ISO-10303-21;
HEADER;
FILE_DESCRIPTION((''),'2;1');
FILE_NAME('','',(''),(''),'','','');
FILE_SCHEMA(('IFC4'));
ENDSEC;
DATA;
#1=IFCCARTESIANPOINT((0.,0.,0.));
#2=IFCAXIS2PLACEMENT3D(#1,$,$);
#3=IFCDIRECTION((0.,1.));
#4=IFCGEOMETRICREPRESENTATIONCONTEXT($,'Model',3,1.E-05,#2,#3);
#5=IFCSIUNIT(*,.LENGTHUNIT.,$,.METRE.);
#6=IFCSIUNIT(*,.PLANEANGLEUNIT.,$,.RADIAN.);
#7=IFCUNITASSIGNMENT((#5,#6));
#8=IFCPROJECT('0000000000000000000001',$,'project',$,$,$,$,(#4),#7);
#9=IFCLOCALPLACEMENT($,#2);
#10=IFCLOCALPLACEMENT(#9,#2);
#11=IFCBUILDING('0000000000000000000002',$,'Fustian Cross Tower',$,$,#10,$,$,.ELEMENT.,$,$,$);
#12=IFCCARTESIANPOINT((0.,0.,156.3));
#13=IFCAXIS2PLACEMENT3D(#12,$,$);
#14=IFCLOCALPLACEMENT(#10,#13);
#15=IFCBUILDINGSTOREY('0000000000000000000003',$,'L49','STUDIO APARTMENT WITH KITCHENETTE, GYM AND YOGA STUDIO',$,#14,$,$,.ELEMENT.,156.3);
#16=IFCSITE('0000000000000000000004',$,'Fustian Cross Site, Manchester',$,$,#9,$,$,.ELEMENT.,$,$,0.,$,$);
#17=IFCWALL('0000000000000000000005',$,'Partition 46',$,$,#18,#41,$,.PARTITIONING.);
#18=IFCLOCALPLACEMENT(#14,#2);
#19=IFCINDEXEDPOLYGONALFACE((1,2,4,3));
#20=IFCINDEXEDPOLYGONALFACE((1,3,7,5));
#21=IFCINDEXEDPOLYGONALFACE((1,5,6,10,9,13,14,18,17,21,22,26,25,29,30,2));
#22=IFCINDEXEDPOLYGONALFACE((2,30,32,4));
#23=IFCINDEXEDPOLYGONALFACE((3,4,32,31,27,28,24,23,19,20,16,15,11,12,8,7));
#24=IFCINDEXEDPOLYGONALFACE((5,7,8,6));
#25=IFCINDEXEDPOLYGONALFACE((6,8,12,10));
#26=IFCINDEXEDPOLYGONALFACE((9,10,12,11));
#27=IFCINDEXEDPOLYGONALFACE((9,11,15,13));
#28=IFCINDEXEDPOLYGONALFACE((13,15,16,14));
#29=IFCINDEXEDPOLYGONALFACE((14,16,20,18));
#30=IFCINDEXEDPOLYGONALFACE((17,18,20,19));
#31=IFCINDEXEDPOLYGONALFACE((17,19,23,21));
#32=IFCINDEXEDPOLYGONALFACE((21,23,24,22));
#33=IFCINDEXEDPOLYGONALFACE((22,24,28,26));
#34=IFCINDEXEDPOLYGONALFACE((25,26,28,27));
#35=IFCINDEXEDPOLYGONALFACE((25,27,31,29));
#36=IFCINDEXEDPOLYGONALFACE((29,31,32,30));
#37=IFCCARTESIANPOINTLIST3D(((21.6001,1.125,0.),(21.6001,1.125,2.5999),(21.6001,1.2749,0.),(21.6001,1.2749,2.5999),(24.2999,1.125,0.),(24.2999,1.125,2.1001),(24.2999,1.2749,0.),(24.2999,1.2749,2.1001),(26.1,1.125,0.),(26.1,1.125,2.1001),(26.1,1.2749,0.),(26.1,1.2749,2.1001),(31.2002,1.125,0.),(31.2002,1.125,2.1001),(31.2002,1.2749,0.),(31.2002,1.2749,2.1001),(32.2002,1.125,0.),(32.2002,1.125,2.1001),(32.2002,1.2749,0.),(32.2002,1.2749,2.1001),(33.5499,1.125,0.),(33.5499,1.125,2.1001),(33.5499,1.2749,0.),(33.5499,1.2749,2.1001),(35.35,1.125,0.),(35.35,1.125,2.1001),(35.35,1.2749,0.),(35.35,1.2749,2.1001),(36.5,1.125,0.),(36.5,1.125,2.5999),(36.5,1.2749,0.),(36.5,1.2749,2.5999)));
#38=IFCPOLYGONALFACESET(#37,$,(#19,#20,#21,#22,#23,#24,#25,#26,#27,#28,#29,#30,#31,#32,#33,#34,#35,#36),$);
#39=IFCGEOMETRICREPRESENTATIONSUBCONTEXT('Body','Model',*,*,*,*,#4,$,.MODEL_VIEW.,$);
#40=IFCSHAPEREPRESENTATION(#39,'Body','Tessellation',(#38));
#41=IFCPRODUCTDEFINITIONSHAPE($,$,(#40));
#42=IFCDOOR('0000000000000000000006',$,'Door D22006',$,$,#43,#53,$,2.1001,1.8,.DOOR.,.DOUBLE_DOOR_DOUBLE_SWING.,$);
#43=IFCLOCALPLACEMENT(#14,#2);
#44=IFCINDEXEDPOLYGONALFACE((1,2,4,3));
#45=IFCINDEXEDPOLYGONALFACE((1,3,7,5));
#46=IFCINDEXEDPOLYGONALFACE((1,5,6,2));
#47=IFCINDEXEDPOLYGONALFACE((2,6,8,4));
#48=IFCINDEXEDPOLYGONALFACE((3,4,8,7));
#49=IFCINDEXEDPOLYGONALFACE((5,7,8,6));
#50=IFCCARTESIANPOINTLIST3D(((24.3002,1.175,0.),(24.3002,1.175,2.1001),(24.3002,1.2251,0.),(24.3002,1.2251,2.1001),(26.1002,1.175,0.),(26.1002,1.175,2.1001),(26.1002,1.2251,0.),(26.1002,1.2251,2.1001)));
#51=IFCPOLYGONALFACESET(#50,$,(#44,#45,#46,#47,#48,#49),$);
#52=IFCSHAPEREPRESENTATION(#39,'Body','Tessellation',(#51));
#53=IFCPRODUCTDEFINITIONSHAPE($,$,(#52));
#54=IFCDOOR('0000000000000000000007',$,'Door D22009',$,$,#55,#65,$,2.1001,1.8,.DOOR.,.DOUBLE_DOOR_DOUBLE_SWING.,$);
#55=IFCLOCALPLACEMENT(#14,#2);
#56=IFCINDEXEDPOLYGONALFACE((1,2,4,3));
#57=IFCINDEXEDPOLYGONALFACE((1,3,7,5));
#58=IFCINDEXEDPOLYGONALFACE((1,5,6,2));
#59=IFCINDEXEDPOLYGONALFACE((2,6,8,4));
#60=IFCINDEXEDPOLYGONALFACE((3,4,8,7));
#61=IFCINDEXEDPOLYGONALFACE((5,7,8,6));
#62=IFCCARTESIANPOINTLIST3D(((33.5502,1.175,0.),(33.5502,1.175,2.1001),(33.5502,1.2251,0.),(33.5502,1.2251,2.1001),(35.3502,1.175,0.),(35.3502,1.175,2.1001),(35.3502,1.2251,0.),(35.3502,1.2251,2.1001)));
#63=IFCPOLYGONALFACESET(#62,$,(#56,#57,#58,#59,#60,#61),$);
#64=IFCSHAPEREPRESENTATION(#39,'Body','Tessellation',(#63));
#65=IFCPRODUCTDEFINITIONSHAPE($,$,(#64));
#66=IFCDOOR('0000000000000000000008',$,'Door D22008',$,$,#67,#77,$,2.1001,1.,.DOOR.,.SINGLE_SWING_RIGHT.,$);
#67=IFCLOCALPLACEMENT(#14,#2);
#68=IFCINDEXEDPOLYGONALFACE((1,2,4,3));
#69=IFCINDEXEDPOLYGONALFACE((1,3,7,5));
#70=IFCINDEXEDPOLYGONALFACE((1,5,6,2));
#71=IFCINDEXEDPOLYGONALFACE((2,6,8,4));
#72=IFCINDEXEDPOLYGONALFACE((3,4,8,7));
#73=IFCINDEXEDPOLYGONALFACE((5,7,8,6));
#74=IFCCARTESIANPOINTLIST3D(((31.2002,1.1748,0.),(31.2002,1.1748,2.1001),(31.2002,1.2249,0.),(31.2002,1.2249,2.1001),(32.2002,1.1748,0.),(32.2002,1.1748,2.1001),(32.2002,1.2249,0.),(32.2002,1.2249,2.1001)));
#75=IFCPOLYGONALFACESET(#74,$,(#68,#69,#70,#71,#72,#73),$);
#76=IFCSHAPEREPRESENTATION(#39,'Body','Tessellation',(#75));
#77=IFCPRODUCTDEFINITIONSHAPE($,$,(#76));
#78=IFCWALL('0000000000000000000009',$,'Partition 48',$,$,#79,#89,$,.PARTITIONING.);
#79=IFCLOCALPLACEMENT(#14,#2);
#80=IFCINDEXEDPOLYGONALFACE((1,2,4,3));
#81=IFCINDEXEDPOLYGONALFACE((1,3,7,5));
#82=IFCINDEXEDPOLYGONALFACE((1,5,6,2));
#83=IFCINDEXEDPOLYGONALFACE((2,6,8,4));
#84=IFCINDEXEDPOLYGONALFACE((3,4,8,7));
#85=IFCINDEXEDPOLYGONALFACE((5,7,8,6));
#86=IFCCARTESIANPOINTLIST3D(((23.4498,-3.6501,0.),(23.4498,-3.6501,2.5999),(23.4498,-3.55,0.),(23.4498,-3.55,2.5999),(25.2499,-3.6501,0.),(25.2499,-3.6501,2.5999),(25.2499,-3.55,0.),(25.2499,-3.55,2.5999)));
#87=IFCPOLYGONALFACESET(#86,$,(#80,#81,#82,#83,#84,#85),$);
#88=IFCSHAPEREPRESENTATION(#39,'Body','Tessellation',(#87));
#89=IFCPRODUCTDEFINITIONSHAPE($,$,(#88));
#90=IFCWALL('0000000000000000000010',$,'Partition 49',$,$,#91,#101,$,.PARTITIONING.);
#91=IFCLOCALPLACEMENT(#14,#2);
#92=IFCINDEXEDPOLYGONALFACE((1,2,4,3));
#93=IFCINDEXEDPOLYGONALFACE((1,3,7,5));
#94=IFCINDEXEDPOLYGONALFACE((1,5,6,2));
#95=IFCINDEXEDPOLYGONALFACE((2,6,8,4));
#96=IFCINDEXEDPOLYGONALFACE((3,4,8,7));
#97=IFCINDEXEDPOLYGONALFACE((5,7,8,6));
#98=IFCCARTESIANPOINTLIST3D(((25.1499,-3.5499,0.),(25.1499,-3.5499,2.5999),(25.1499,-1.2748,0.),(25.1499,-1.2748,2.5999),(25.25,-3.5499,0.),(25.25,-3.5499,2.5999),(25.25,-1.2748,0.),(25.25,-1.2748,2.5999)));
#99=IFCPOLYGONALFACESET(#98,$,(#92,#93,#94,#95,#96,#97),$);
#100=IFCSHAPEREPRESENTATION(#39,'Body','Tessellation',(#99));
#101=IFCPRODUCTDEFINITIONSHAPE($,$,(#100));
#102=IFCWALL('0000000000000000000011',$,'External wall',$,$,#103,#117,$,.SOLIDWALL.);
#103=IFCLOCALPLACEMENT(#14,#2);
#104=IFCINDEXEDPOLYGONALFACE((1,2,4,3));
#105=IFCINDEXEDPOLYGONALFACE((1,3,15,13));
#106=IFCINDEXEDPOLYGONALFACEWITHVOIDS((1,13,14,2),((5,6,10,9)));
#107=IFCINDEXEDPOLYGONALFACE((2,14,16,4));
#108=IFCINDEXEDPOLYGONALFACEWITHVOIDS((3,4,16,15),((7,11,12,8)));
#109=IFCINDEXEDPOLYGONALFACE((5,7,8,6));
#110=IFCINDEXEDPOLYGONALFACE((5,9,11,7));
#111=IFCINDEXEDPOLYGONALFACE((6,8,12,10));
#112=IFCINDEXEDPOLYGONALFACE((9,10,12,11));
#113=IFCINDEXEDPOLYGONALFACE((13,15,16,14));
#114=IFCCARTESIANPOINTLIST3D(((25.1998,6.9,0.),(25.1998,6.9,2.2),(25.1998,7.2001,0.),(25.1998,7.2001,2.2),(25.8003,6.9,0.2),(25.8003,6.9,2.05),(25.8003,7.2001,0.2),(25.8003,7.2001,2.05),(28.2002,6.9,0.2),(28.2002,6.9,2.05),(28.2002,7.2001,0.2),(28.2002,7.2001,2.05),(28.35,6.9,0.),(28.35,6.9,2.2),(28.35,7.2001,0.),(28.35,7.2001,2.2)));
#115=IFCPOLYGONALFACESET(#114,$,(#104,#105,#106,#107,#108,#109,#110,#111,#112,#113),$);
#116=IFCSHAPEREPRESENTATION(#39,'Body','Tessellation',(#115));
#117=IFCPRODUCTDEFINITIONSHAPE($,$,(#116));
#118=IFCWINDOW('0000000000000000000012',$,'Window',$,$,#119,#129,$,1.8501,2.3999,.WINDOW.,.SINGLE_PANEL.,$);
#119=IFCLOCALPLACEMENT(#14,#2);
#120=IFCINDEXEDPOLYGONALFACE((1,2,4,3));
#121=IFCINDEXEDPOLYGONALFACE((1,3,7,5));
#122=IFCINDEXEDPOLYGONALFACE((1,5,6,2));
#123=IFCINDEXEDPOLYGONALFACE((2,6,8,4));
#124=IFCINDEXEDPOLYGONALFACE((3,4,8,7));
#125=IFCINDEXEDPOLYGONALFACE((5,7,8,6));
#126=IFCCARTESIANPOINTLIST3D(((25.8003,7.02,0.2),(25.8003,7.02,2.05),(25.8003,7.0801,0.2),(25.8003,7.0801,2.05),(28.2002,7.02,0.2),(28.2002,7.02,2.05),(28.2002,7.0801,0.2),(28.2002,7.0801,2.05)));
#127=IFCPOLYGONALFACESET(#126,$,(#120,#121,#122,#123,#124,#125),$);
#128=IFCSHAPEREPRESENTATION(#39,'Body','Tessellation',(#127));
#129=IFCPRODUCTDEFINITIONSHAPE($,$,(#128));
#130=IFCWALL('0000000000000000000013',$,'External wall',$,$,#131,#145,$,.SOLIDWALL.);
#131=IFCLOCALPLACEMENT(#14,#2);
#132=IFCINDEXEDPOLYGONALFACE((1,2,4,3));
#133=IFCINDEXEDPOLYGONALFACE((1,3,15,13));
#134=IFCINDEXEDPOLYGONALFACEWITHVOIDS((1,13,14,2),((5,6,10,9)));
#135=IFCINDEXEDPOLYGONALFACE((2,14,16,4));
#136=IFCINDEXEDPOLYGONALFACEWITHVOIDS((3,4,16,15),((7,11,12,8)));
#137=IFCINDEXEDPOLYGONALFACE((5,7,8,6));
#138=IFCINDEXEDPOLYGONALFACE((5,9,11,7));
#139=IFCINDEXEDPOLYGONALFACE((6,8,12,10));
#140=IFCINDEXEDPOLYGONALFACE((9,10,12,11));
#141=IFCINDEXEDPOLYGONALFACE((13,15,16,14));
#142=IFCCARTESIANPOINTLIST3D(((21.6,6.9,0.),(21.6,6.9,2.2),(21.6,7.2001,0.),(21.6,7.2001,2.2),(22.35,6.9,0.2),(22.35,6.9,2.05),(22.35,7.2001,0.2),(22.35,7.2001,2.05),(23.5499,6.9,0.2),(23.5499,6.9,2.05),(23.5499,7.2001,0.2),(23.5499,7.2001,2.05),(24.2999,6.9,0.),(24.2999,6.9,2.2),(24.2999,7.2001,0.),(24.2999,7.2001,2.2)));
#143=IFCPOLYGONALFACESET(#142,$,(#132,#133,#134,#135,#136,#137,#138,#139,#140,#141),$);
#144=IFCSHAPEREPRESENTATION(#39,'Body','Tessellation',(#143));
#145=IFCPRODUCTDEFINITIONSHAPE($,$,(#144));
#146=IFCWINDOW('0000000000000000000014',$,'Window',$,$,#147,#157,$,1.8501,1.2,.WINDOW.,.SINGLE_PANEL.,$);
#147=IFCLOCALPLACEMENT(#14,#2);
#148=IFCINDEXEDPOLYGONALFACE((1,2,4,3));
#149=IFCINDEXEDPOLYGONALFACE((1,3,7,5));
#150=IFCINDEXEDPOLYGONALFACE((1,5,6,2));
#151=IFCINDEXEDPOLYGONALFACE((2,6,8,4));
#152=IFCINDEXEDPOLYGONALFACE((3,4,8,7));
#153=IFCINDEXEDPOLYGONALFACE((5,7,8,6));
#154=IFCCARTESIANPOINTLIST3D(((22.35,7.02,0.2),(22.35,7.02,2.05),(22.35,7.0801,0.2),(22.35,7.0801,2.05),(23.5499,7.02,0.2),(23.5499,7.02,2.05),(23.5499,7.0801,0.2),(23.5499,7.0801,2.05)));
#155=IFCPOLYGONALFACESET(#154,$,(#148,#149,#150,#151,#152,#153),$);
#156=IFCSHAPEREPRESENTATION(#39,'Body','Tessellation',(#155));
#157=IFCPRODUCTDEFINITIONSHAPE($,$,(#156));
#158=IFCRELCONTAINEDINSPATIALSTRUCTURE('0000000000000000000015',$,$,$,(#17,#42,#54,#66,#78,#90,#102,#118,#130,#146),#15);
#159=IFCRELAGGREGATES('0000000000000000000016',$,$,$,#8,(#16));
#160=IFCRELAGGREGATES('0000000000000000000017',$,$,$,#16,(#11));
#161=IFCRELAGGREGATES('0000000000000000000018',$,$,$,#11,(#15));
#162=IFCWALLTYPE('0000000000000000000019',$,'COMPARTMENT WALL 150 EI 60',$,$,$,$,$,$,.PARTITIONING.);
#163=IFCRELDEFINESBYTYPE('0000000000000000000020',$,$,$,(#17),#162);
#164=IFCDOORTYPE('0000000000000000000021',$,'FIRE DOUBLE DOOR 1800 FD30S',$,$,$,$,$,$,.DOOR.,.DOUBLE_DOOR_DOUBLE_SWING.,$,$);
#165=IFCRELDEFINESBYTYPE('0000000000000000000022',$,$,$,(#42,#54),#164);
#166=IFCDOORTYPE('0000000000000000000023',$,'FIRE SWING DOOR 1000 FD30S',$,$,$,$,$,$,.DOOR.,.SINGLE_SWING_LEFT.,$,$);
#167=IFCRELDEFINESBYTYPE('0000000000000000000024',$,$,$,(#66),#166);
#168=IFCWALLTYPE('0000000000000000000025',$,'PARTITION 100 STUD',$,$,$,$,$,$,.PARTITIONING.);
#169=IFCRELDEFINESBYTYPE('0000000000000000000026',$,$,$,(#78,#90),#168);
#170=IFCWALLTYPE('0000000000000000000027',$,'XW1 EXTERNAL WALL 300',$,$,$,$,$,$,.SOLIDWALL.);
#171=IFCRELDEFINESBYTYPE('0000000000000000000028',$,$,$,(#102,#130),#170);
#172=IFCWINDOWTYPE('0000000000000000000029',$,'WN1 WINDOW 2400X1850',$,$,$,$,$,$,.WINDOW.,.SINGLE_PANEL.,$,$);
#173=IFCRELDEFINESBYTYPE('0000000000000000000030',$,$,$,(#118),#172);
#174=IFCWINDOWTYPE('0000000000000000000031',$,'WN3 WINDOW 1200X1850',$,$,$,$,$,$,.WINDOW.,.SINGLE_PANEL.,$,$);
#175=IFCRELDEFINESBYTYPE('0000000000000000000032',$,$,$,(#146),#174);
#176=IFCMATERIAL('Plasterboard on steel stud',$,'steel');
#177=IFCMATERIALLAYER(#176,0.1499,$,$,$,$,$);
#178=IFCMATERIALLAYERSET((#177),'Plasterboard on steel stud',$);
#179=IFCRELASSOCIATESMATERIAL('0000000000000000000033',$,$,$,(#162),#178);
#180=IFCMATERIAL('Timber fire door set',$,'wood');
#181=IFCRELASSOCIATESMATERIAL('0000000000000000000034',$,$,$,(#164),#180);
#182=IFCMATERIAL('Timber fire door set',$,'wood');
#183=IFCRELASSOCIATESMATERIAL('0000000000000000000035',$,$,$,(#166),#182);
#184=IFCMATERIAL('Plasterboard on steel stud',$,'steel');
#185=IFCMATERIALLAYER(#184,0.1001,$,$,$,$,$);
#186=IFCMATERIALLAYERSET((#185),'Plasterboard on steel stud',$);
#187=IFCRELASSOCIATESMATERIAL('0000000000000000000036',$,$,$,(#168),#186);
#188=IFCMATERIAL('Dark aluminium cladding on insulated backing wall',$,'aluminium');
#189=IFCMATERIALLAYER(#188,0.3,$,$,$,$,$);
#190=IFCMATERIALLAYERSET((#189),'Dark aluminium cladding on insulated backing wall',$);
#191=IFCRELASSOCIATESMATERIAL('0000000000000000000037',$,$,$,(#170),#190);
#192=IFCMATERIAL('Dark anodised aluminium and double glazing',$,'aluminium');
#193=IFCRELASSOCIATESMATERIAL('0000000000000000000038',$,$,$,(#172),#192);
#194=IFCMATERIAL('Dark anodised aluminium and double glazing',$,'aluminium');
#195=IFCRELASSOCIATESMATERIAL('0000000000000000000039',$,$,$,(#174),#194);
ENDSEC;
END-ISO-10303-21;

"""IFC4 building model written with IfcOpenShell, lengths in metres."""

from ifc_helpers import new_model, si_unit, direction, frame, frame_2d, origin, place, context, subcontext, project, spatial, rectangle, extrude, material, layer, layer_set, type_object, element, fill, save


model = new_model("IFC4")

# Units and contexts
model_context = context("Model", 3, precision=1e-05, world=origin(), true_north=direction((0.0, 1.0)))
body_context = subcontext(model_context, "Body", "Model", "MODEL_VIEW")
ifc_project = project(units=[si_unit("LENGTHUNIT", "METRE"), si_unit("PLANEANGLEUNIT", "RADIAN")], contexts=[model_context])

# Site, building, storey
site_placement = place(None, origin())
site = spatial("IfcSite", under=ifc_project, at=site_placement, Name="Fustian Cross Site, Manchester", CompositionType="ELEMENT", RefElevation=0.0)
building_placement = place(site_placement, origin())
building = spatial("IfcBuilding", under=site, at=building_placement, Name="Fustian Cross Tower", CompositionType="ELEMENT")
storey_placement = place(building_placement, frame((0.0, 0.0, 156.3)))
storey = spatial("IfcBuildingStorey", under=building, at=storey_placement, Name="L49", Description="STUDIO APARTMENT WITH KITCHENETTE, GYM AND YOGA STUDIO", CompositionType="ELEMENT", Elevation=156.3)

# Wall, openings, doors
ifc_material_1 = material(Name="Plasterboard on steel stud", Category="steel")
ifc_layer_1 = layer(ifc_material_1, 0.1499)
ifc_layer_set_1 = layer_set([ifc_layer_1], Name="Plasterboard on steel stud")
wall_type_1 = type_object("IfcWallType", Name="COMPARTMENT WALL 150 EI 60", PredefinedType="PARTITIONING", material=ifc_layer_set_1)
ifc_material_2 = material(Name="Timber fire door set", Category="wood")
door_type_1 = type_object("IfcDoorType", Name="FIRE DOUBLE DOOR 1800 FD30S", OperationType="DOUBLE_DOOR_DOUBLE_SWING", PredefinedType="DOOR", material=ifc_material_2)
ifc_material_3 = material(Name="Timber fire door set", Category="wood")
door_type_2 = type_object("IfcDoorType", Name="FIRE SWING DOOR 1000 FD30S", OperationType="SINGLE_SWING_LEFT", PredefinedType="DOOR", material=ifc_material_3)
wall_1_placement = place(storey_placement, frame((21.6001, 1.2, 0.0), z_axis=(0.0, 0.0, 1.0), x_axis=(1.0, 0.0, 0.0)))
wall_1 = element("IfcWall", 1, at=wall_1_placement, inside=storey, type_object=wall_type_1, Name="Partition 46", PredefinedType="PARTITIONING", context=body_context, shape_type="SweptSolid", body=[
    extrude(rectangle(XDim=14.8999, YDim=0.1499, at=frame_2d((7.45, 0.0))), origin(), (0.0, 0.0, 1.0), 2.5999),
])
opening_1_placement = place(wall_1_placement, frame((2.7, 0.0, 0.0)))
opening_1 = element("IfcOpeningElement", 2, at=opening_1_placement, cuts=wall_1, PredefinedType="OPENING", context=body_context, shape_type="SweptSolid", body=[
    extrude(rectangle(XDim=1.8, YDim=2.1001, at=frame_2d((0.8999, 1.05))), frame((0.0, 0.085, 0.0), z_axis=(0.0, -1.0, 0.0), x_axis=(1.0, 0.0, 0.0)), (0.0, 0.0, 1.0), 0.1699),
])
opening_2_placement = place(wall_1_placement, frame((9.6001, 0.0, 0.0)))
opening_2 = element("IfcOpeningElement", 3, at=opening_2_placement, cuts=wall_1, PredefinedType="OPENING", context=body_context, shape_type="SweptSolid", body=[
    extrude(rectangle(XDim=1.0, YDim=2.1001, at=frame_2d((0.5, 1.05))), frame((0.0, 0.085, 0.0), z_axis=(0.0, -1.0, 0.0), x_axis=(1.0, 0.0, 0.0)), (0.0, 0.0, 1.0), 0.1699),
])
opening_3_placement = place(wall_1_placement, frame((11.95, 0.0, 0.0)))
opening_3 = element("IfcOpeningElement", 4, at=opening_3_placement, cuts=wall_1, PredefinedType="OPENING", context=body_context, shape_type="SweptSolid", body=[
    extrude(rectangle(XDim=1.8, YDim=2.1001, at=frame_2d((0.8999, 1.05))), frame((0.0, 0.085, 0.0), z_axis=(0.0, -1.0, 0.0), x_axis=(1.0, 0.0, 0.0)), (0.0, 0.0, 1.0), 0.1699),
])
door_1_placement = place(opening_1_placement, frame((1.8, 0.0, 0.0), z_axis=(0.0, 0.0, 1.0), x_axis=(-1.0, 0.0, 0.0)))
door_1 = element("IfcDoor", 5, at=door_1_placement, inside=storey, type_object=door_type_1, Name="Door D22006", OperationType="DOUBLE_DOOR_DOUBLE_SWING", OverallHeight=2.1001, OverallWidth=1.8, PredefinedType="DOOR", context=body_context, shape_type="SweptSolid", body=[
    extrude(rectangle(XDim=1.8, YDim=2.1001, at=frame_2d((0.8999, 1.05))), frame((0.0, 0.0249, 0.0), z_axis=(0.0, -1.0, 0.0), x_axis=(1.0, 0.0, 0.0)), (0.0, 0.0, 1.0), 0.05),
])
fill(opening_1, door_1)
door_2_placement = place(opening_3_placement, frame((1.8, 0.0, 0.0), z_axis=(0.0, 0.0, 1.0), x_axis=(-1.0, 0.0, 0.0)))
door_2 = element("IfcDoor", 6, at=door_2_placement, inside=storey, type_object=door_type_1, Name="Door D22009", OperationType="DOUBLE_DOOR_DOUBLE_SWING", OverallHeight=2.1001, OverallWidth=1.8, PredefinedType="DOOR", context=body_context, shape_type="SweptSolid", body=[
    extrude(rectangle(XDim=1.8, YDim=2.1001, at=frame_2d((0.8999, 1.05))), frame((0.0, 0.0249, 0.0), z_axis=(0.0, -1.0, 0.0), x_axis=(1.0, 0.0, 0.0)), (0.0, 0.0, 1.0), 0.05),
])
fill(opening_3, door_2)
door_3_placement = place(opening_2_placement, origin())
door_3 = element("IfcDoor", 7, at=door_3_placement, inside=storey, type_object=door_type_2, Name="Door D22008", OperationType="SINGLE_SWING_RIGHT", OverallHeight=2.1001, OverallWidth=1.0, PredefinedType="DOOR", context=body_context, shape_type="SweptSolid", body=[
    extrude(rectangle(XDim=1.0, YDim=2.1001, at=frame_2d((0.5, 1.05))), frame((0.0, 0.0249, 0.0), z_axis=(0.0, -1.0, 0.0), x_axis=(1.0, 0.0, 0.0)), (0.0, 0.0, 1.0), 0.05),
])
fill(opening_2, door_3)

# Walls
ifc_material_4 = material(Name="Plasterboard on steel stud", Category="steel")
ifc_layer_2 = layer(ifc_material_4, 0.1001)
ifc_layer_set_2 = layer_set([ifc_layer_2], Name="Plasterboard on steel stud")
wall_type_2 = type_object("IfcWallType", Name="PARTITION 100 STUD", PredefinedType="PARTITIONING", material=ifc_layer_set_2)
wall_2_placement = place(storey_placement, frame((23.45, -3.6001, 0.0), z_axis=(0.0, 0.0, 1.0), x_axis=(1.0, 0.0, 0.0)))
element("IfcWall", 8, at=wall_2_placement, inside=storey, type_object=wall_type_2, Name="Partition 48", PredefinedType="PARTITIONING", context=body_context, shape_type="SweptSolid", body=[
    extrude(rectangle(XDim=1.8, YDim=0.1001, at=frame_2d((0.8999, 0.0))), origin(), (0.0, 0.0, 1.0), 2.5999),
])
wall_3_placement = place(storey_placement, frame((25.2, -3.55, 0.0), z_axis=(0.0, 0.0, 1.0), x_axis=(0.0, 1.0, 0.0)))
element("IfcWall", 9, at=wall_3_placement, inside=storey, type_object=wall_type_2, Name="Partition 49", PredefinedType="PARTITIONING", context=body_context, shape_type="SweptSolid", body=[
    extrude(rectangle(XDim=2.2751, YDim=0.1001, at=frame_2d((1.1377, 0.0))), origin(), (0.0, 0.0, 1.0), 2.5999),
])

# Walls, openings, windows
ifc_material_5 = material(Name="Dark aluminium cladding on insulated backing wall", Category="aluminium")
ifc_layer_3 = layer(ifc_material_5, 0.3)
ifc_layer_set_3 = layer_set([ifc_layer_3], Name="Dark aluminium cladding on insulated backing wall")
wall_type_3 = type_object("IfcWallType", Name="XW1 EXTERNAL WALL 300", PredefinedType="SOLIDWALL", material=ifc_layer_set_3)
wall_4_placement = place(storey_placement, frame((28.3501, 7.05, 0.0), z_axis=(0.0, 0.0, 1.0), x_axis=(-1.0, 0.0, 0.0)))
wall_4 = element("IfcWall", 10, at=wall_4_placement, inside=storey, type_object=wall_type_3, Name="External wall", PredefinedType="SOLIDWALL", context=body_context, shape_type="SweptSolid", body=[
    extrude(rectangle(XDim=3.1501, YDim=0.3, at=frame_2d((1.5752, 0.0))), origin(), (0.0, 0.0, 1.0), 2.2),
])
opening_4_placement = place(wall_4_placement, frame((0.1499, 0.0, 0.2)))
opening_4 = element("IfcOpeningElement", 11, at=opening_4_placement, cuts=wall_4, PredefinedType="OPENING", context=body_context, shape_type="SweptSolid", body=[
    extrude(rectangle(XDim=2.3999, YDim=1.8501, at=frame_2d((1.2, 0.925))), frame((0.0, 0.1599, 0.0), z_axis=(0.0, -1.0, 0.0), x_axis=(1.0, 0.0, 0.0)), (0.0, 0.0, 1.0), 0.3201),
])
ifc_material_6 = material(Name="Dark anodised aluminium and double glazing", Category="aluminium")
window_type_1 = type_object("IfcWindowType", Name="WN1 WINDOW 2400X1850", PartitioningType="SINGLE_PANEL", PredefinedType="WINDOW", material=ifc_material_6)
window_1_placement = place(opening_4_placement, origin())
window_1 = element("IfcWindow", 12, at=window_1_placement, inside=storey, type_object=window_type_1, Name="Window", OverallHeight=1.8501, OverallWidth=2.3999, PartitioningType="SINGLE_PANEL", PredefinedType="WINDOW", context=body_context, shape_type="SweptSolid", body=[
    extrude(rectangle(XDim=2.3999, YDim=1.8501, at=frame_2d((1.2, 0.925))), frame((0.0, 0.03, 0.0), z_axis=(0.0, -1.0, 0.0), x_axis=(1.0, 0.0, 0.0)), (0.0, 0.0, 1.0), 0.0601),
])
fill(opening_4, window_1)
wall_5_placement = place(storey_placement, frame((24.3, 7.05, 0.0), z_axis=(0.0, 0.0, 1.0), x_axis=(-1.0, 0.0, 0.0)))
wall_5 = element("IfcWall", 13, at=wall_5_placement, inside=storey, type_object=wall_type_3, Name="External wall", PredefinedType="SOLIDWALL", context=body_context, shape_type="SweptSolid", body=[
    extrude(rectangle(XDim=2.7, YDim=0.3, at=frame_2d((1.3501, 0.0))), origin(), (0.0, 0.0, 1.0), 2.2),
])
opening_5_placement = place(wall_5_placement, frame((0.75, 0.0, 0.2)))
opening_5 = element("IfcOpeningElement", 14, at=opening_5_placement, cuts=wall_5, PredefinedType="OPENING", context=body_context, shape_type="SweptSolid", body=[
    extrude(rectangle(XDim=1.2, YDim=1.8501, at=frame_2d((0.6001, 0.925))), frame((0.0, 0.1599, 0.0), z_axis=(0.0, -1.0, 0.0), x_axis=(1.0, 0.0, 0.0)), (0.0, 0.0, 1.0), 0.3201),
])
ifc_material_7 = material(Name="Dark anodised aluminium and double glazing", Category="aluminium")
window_type_2 = type_object("IfcWindowType", Name="WN3 WINDOW 1200X1850", PartitioningType="SINGLE_PANEL", PredefinedType="WINDOW", material=ifc_material_7)
window_2_placement = place(opening_5_placement, origin())
window_2 = element("IfcWindow", 15, at=window_2_placement, inside=storey, type_object=window_type_2, Name="Window", OverallHeight=1.8501, OverallWidth=1.2, PartitioningType="SINGLE_PANEL", PredefinedType="WINDOW", context=body_context, shape_type="SweptSolid", body=[
    extrude(rectangle(XDim=1.2, YDim=1.8501, at=frame_2d((0.6001, 0.925))), frame((0.0, 0.03, 0.0), z_axis=(0.0, -1.0, 0.0), x_axis=(1.0, 0.0, 0.0)), (0.0, 0.0, 1.0), 0.0601),
])
fill(opening_5, window_2)

save(model, "model.ifc")
